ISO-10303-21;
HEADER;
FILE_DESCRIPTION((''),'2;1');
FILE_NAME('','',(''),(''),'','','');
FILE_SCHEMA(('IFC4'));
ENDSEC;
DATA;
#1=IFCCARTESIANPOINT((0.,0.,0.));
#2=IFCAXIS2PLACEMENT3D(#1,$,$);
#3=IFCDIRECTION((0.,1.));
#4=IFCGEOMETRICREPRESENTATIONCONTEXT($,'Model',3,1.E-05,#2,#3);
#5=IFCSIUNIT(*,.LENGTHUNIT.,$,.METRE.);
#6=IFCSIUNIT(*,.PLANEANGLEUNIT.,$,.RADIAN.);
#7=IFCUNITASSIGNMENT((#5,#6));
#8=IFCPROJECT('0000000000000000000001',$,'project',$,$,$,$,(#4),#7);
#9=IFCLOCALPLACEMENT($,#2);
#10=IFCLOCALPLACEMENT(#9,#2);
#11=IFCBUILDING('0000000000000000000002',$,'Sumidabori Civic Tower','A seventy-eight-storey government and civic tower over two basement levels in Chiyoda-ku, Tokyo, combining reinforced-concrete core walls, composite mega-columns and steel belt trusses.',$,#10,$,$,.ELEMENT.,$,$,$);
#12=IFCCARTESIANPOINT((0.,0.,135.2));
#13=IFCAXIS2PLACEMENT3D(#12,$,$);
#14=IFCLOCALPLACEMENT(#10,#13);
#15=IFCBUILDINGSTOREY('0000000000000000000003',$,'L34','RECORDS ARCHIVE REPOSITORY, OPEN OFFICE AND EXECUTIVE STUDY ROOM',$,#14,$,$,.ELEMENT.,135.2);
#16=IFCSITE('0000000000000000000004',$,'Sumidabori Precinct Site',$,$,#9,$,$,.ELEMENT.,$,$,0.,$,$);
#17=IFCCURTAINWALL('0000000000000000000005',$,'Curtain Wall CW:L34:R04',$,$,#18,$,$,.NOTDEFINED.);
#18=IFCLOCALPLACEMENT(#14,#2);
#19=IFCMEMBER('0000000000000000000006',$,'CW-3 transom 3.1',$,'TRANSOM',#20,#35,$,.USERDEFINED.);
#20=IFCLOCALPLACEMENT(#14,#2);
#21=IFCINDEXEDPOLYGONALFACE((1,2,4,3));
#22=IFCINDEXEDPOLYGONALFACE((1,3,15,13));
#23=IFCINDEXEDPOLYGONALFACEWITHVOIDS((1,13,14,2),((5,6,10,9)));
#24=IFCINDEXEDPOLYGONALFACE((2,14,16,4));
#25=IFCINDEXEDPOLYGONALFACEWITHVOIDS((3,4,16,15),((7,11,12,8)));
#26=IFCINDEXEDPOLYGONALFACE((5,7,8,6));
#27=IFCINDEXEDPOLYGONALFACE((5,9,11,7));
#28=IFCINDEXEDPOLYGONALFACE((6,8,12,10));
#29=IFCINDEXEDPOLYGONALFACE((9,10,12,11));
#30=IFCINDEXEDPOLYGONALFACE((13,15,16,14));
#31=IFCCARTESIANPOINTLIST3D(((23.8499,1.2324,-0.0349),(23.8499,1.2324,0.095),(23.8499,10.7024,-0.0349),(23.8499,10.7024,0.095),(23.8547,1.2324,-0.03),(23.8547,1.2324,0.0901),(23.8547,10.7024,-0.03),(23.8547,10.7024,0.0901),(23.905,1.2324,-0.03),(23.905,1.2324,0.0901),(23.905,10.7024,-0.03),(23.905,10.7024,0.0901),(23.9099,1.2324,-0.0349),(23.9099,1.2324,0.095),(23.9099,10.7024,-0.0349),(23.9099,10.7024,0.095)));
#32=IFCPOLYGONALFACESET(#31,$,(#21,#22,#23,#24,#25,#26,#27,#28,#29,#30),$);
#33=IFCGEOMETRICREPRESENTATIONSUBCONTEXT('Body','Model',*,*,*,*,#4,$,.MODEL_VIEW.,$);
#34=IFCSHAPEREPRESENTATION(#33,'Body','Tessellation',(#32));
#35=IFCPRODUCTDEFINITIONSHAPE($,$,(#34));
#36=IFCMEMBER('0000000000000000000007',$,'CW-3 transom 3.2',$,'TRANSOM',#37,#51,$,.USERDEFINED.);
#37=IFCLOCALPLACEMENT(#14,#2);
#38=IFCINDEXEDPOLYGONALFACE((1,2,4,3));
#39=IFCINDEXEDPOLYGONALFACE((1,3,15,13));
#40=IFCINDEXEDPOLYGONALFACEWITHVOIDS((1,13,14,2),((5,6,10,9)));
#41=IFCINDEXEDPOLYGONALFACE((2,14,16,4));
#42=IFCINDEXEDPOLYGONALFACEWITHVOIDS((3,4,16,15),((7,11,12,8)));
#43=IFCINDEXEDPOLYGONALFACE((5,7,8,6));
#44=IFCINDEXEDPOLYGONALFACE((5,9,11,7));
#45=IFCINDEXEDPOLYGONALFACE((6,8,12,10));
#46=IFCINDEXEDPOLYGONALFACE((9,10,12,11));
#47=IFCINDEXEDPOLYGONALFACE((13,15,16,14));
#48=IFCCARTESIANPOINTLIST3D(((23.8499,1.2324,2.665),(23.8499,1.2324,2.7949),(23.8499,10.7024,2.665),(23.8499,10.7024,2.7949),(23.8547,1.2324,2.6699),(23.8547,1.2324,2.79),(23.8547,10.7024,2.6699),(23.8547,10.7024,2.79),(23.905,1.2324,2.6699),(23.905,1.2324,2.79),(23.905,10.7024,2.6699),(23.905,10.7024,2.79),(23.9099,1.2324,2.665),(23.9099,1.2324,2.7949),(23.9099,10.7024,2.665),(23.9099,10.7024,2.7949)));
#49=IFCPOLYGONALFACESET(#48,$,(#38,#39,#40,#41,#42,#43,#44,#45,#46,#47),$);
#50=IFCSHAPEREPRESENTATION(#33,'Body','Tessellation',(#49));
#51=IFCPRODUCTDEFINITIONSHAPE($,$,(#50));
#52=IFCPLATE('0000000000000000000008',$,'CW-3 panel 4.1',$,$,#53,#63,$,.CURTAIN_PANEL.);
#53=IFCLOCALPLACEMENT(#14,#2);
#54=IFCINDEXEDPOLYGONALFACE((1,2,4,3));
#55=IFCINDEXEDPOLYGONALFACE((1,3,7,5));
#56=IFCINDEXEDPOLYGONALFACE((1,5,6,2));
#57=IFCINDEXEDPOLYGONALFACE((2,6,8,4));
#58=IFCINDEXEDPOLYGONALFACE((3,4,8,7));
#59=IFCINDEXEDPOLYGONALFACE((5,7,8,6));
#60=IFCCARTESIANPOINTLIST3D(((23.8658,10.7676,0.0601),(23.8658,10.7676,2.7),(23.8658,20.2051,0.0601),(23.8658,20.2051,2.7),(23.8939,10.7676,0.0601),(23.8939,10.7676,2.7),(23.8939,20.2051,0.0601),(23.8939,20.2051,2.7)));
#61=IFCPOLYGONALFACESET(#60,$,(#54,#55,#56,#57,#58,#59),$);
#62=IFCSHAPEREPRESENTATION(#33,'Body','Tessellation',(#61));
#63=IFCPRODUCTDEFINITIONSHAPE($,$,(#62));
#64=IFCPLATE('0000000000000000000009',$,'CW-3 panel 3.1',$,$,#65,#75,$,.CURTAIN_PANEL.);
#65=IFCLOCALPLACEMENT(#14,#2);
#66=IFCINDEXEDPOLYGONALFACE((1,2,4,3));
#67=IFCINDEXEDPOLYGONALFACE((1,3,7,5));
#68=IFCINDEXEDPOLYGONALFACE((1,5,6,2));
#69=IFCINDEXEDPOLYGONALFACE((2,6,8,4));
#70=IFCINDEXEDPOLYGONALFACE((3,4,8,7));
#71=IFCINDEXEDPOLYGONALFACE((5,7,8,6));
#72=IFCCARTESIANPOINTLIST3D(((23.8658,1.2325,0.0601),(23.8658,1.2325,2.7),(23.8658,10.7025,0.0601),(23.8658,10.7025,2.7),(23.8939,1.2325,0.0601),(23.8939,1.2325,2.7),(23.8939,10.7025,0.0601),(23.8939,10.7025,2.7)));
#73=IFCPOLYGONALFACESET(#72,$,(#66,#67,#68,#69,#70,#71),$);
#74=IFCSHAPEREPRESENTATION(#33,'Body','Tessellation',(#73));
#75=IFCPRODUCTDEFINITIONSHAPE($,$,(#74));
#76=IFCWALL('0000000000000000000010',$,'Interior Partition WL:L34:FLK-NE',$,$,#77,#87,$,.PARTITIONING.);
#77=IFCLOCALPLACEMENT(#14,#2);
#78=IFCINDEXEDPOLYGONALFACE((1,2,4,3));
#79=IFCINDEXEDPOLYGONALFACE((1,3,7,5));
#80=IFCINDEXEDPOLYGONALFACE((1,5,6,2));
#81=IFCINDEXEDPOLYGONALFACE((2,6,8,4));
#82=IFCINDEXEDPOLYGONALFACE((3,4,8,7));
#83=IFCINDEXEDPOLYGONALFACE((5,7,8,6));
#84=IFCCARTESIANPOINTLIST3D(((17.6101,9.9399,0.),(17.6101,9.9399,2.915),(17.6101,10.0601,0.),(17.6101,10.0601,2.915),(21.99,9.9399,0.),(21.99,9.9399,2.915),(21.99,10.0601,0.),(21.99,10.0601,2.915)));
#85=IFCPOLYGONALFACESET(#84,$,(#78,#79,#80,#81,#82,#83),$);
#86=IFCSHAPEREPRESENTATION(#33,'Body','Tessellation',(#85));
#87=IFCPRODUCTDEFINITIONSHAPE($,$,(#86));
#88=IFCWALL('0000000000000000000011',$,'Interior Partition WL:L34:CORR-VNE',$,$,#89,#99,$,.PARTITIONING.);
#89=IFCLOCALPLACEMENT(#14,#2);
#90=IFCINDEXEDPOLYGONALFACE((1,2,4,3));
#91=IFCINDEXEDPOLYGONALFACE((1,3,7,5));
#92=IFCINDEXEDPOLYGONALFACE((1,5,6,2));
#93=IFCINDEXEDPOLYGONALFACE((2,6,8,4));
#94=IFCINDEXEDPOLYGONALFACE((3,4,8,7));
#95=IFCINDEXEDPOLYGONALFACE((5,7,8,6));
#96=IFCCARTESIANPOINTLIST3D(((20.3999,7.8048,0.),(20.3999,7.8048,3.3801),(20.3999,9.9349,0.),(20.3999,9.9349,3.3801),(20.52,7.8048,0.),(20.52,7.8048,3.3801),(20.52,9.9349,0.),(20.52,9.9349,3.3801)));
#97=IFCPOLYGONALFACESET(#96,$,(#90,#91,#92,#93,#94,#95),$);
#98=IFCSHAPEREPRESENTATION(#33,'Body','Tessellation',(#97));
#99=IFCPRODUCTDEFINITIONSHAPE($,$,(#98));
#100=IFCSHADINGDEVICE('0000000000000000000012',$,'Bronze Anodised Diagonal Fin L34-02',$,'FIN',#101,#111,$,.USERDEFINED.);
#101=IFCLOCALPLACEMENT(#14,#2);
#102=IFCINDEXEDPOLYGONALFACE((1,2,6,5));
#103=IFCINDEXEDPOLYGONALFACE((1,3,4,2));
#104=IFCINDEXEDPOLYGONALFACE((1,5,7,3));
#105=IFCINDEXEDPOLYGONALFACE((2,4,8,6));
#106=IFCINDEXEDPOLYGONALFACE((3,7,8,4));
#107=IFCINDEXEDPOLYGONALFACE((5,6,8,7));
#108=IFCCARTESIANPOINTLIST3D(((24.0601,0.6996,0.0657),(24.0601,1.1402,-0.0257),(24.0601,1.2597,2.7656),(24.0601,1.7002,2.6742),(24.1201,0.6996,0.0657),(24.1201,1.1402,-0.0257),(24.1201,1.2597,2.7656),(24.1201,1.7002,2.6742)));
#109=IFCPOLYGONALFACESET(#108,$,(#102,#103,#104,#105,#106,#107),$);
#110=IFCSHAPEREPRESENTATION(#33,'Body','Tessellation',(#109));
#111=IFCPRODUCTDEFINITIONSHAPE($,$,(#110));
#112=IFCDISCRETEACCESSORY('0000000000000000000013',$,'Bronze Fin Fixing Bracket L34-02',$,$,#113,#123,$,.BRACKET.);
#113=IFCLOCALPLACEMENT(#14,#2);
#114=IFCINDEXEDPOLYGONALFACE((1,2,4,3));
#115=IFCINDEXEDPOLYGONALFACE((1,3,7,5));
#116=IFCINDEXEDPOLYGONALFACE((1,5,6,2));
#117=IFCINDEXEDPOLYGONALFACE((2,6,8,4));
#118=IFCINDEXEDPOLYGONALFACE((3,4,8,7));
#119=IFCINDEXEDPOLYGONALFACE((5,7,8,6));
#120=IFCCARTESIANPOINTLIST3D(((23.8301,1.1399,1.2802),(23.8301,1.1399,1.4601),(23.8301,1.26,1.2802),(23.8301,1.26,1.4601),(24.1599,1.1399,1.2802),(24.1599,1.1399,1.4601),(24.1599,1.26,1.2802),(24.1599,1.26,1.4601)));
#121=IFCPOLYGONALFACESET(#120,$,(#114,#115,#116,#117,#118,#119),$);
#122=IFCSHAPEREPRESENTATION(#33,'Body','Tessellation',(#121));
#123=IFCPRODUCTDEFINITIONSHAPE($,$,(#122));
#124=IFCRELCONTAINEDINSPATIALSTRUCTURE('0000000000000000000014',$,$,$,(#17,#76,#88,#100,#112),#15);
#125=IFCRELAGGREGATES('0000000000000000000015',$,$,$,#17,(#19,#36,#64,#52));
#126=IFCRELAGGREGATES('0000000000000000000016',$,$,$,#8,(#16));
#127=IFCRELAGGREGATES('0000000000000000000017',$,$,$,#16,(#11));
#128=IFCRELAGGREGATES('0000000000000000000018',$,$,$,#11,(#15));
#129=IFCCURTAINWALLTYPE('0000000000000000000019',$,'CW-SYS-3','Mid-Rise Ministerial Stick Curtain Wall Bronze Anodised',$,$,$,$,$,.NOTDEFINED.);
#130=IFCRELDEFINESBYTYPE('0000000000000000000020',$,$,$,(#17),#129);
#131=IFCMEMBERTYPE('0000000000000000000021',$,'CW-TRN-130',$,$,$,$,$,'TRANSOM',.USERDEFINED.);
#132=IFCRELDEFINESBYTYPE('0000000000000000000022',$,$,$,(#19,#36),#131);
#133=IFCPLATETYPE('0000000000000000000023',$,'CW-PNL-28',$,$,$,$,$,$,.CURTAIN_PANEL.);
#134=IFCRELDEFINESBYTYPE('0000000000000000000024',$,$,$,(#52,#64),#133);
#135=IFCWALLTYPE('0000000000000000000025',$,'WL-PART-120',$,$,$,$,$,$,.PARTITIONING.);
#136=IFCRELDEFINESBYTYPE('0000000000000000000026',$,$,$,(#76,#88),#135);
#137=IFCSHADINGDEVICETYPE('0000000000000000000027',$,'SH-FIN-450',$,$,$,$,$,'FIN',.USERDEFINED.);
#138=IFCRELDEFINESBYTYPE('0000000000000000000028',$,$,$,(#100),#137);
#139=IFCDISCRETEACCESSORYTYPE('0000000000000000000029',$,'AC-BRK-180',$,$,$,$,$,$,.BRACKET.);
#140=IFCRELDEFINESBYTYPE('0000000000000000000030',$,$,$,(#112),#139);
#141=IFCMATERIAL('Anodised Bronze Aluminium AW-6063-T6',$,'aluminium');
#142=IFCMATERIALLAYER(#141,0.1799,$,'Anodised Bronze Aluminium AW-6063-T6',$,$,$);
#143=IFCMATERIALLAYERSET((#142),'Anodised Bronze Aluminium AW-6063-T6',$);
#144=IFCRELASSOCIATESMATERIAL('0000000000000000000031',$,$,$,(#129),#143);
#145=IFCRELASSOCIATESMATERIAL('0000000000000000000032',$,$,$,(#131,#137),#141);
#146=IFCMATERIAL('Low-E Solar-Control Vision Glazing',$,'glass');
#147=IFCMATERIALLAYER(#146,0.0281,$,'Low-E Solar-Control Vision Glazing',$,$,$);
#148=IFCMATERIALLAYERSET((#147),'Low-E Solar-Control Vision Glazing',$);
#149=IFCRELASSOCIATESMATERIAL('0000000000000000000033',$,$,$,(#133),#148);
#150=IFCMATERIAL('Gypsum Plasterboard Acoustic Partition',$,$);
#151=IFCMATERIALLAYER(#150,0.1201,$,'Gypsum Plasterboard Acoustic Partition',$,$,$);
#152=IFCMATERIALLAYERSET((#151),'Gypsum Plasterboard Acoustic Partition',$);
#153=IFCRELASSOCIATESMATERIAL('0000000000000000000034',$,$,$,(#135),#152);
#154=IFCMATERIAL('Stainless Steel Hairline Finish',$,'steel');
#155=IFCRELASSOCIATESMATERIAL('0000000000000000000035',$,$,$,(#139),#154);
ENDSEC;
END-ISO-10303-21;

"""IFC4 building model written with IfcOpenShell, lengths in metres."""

from ifc_helpers import new_model, si_unit, direction, frame, frame_2d, origin, origin_2d, place, context, subcontext, project, spatial, rectangle, hollow_rectangle, extrude, source, transform, mapped, material, layer, layer_set, material_profile, profile_set, type_object, element, aggregate, save


model = new_model("IFC4")

# Units and contexts
model_context = context("Model", 3, precision=1e-05, world=origin(), true_north=direction((0.0, 1.0)))
body_context = subcontext(model_context, "Body", "Model", "MODEL_VIEW")
ifc_project = project(units=[si_unit("LENGTHUNIT", "METRE"), si_unit("PLANEANGLEUNIT", "RADIAN")], contexts=[model_context])

# Site, building, storey
site_placement = place(None, origin())
site = spatial("IfcSite", under=ifc_project, at=site_placement, Name="Sumidabori Precinct Site", CompositionType="ELEMENT", RefElevation=0.0)
building_placement = place(site_placement, origin())
building = spatial("IfcBuilding", under=site, at=building_placement, Name="Sumidabori Civic Tower", Description="A seventy-eight-storey government and civic tower over two basement levels in Chiyoda-ku, Tokyo, combining reinforced-concrete core walls, composite mega-columns and steel belt trusses.", CompositionType="ELEMENT")
storey_placement = place(building_placement, frame((0.0, 0.0, 135.2)))
storey = spatial("IfcBuildingStorey", under=building, at=storey_placement, Name="L34", Description="RECORDS ARCHIVE REPOSITORY, OPEN OFFICE AND EXECUTIVE STUDY ROOM", CompositionType="ELEMENT", Elevation=135.2)

# Curtain wall, members, plates
ifc_material_1 = material(Name="Anodised Bronze Aluminium AW-6063-T6", Category="aluminium")
ifc_layer_1 = layer(ifc_material_1, 0.1799, Name="Anodised Bronze Aluminium AW-6063-T6")
ifc_layer_set_1 = layer_set([ifc_layer_1], Name="Anodised Bronze Aluminium AW-6063-T6")
curtain_wall_type = type_object("IfcCurtainWallType", Name="CW-SYS-3", Description="Mid-Rise Ministerial Stick Curtain Wall Bronze Anodised", PredefinedType="NOTDEFINED", material=ifc_layer_set_1)
curtain_wall_placement = place(storey_placement, origin())
curtain_wall = element("IfcCurtainWall", 1, at=curtain_wall_placement, inside=storey, type_object=curtain_wall_type, Name="Curtain Wall CW:L34:R04", PredefinedType="NOTDEFINED")
ifc_material_profile_1 = material_profile(ifc_material_1, hollow_rectangle(XDim=0.0601, YDim=0.1299, WallThickness=0.0049, at=origin_2d()), Name="ALU TRANSOM 130x60")
ifc_profile_set_1 = profile_set([ifc_material_profile_1], Name="Anodised Bronze Aluminium AW-6063-T6")
member_type_1 = type_object("IfcMemberType", Name="CW-TRN-130", ElementType="TRANSOM", PredefinedType="USERDEFINED", material=ifc_profile_set_1)
shared_shape_1 = source(origin(), body_context, "Body", "SweptSolid", [
    extrude(hollow_rectangle(XDim=0.0601, YDim=0.1299, WallThickness=0.0049, at=origin_2d()), origin(), (0.0, 0.0, 1.0), 9.47),
])
member_1_placement = place(storey_placement, frame((23.8799, 1.2324, 0.03), z_axis=(0.0, 1.0, 0.0), x_axis=(-1.0, 0.0, 0.0)))
member_1 = element("IfcMember", 2, at=member_1_placement, type_object=member_type_1, Name="CW-3 transom 3.1", ObjectType="TRANSOM", PredefinedType="USERDEFINED", context=body_context, shape_type="MappedRepresentation", body=[
    mapped(shared_shape_1, transform((0.0, 0.0, 0.0), x_axis=(1.0, 0.0, 0.0), y_axis=(0.0, 1.0, 0.0), z_axis=(0.0, 0.0, 1.0), scale=1.0)),
])
member_2_placement = place(storey_placement, frame((23.8799, 1.2324, 2.73), z_axis=(0.0, 1.0, 0.0), x_axis=(-1.0, 0.0, 0.0)))
member_2 = element("IfcMember", 3, at=member_2_placement, type_object=member_type_1, Name="CW-3 transom 3.2", ObjectType="TRANSOM", PredefinedType="USERDEFINED", context=body_context, shape_type="MappedRepresentation", body=[
    mapped(shared_shape_1, transform((0.0, 0.0, 0.0), x_axis=(1.0, 0.0, 0.0), y_axis=(0.0, 1.0, 0.0), z_axis=(0.0, 0.0, 1.0), scale=1.0)),
])
ifc_material_2 = material(Name="Low-E Solar-Control Vision Glazing", Category="glass")
ifc_layer_2 = layer(ifc_material_2, 0.0281, Name="Low-E Solar-Control Vision Glazing")
ifc_layer_set_2 = layer_set([ifc_layer_2], Name="Low-E Solar-Control Vision Glazing")
plate_type = type_object("IfcPlateType", Name="CW-PNL-28", PredefinedType="CURTAIN_PANEL", material=ifc_layer_set_2)
shared_shape_2 = source(origin(), body_context, "Body", "SweptSolid", [
    extrude(rectangle(XDim=9.4375, YDim=0.0281, at=origin_2d()), origin(), (0.0, 0.0, 1.0), 2.6399),
])
plate_1_placement = place(storey_placement, frame((23.8799, 15.4863, 0.0601), z_axis=(0.0, 0.0, 1.0), x_axis=(0.0, 1.0, 0.0)))
plate_1 = element("IfcPlate", 4, at=plate_1_placement, type_object=plate_type, Name="CW-3 panel 4.1", PredefinedType="CURTAIN_PANEL", context=body_context, shape_type="MappedRepresentation", body=[
    mapped(shared_shape_2, transform((0.0, 0.0, 0.0), x_axis=(1.0, 0.0, 0.0), y_axis=(0.0, 1.0, 0.0), z_axis=(0.0, 0.0, 1.0), scale=1.0)),
])
shared_shape_3 = source(origin(), body_context, "Body", "SweptSolid", [
    extrude(rectangle(XDim=9.47, YDim=0.0281, at=origin_2d()), origin(), (0.0, 0.0, 1.0), 2.6399),
])
plate_2_placement = place(storey_placement, frame((23.8799, 5.9675, 0.0601), z_axis=(0.0, 0.0, 1.0), x_axis=(0.0, 1.0, 0.0)))
plate_2 = element("IfcPlate", 5, at=plate_2_placement, type_object=plate_type, Name="CW-3 panel 3.1", PredefinedType="CURTAIN_PANEL", context=body_context, shape_type="MappedRepresentation", body=[
    mapped(shared_shape_3, transform((0.0, 0.0, 0.0), x_axis=(1.0, 0.0, 0.0), y_axis=(0.0, 1.0, 0.0), z_axis=(0.0, 0.0, 1.0), scale=1.0)),
])
aggregate(curtain_wall, [member_1, member_2, plate_2, plate_1])

# Walls
ifc_material_3 = material(Name="Gypsum Plasterboard Acoustic Partition")
ifc_layer_3 = layer(ifc_material_3, 0.1201, Name="Gypsum Plasterboard Acoustic Partition")
ifc_layer_set_3 = layer_set([ifc_layer_3], Name="Gypsum Plasterboard Acoustic Partition")
wall_type = type_object("IfcWallType", Name="WL-PART-120", PredefinedType="PARTITIONING", material=ifc_layer_set_3)
shared_shape_4 = source(origin(), body_context, "Body", "SweptSolid", [
    extrude(rectangle(XDim=4.3799, YDim=0.1201, at=frame_2d((2.1899, 0.0))), origin(), (0.0, 0.0, 1.0), 2.915),
])
wall_1_placement = place(storey_placement, frame((17.6101, 10.0, 0.0), z_axis=(0.0, 0.0, 1.0), x_axis=(1.0, 0.0, 0.0)))
element("IfcWall", 6, at=wall_1_placement, inside=storey, type_object=wall_type, Name="Interior Partition WL:L34:FLK-NE", PredefinedType="PARTITIONING", context=body_context, shape_type="MappedRepresentation", body=[
    mapped(shared_shape_4, transform((0.0, 0.0, 0.0), x_axis=(1.0, 0.0, 0.0), y_axis=(0.0, 1.0, 0.0), z_axis=(0.0, 0.0, 1.0), scale=1.0)),
])
shared_shape_5 = source(origin(), body_context, "Body", "SweptSolid", [
    extrude(rectangle(XDim=2.1301, YDim=0.1201, at=frame_2d((1.0649, 0.0))), origin(), (0.0, 0.0, 1.0), 3.3801),
])
wall_2_placement = place(storey_placement, frame((20.46, 7.8049, 0.0), z_axis=(0.0, 0.0, 1.0), x_axis=(0.0, 1.0, 0.0)))
element("IfcWall", 7, at=wall_2_placement, inside=storey, type_object=wall_type, Name="Interior Partition WL:L34:CORR-VNE", PredefinedType="PARTITIONING", context=body_context, shape_type="MappedRepresentation", body=[
    mapped(shared_shape_5, transform((0.0, 0.0, 0.0), x_axis=(1.0, 0.0, 0.0), y_axis=(0.0, 1.0, 0.0), z_axis=(0.0, 0.0, 1.0), scale=1.0)),
])

# Shading device
ifc_material_profile_2 = material_profile(ifc_material_1, rectangle(XDim=0.0601, YDim=0.45, at=origin_2d()), Name="BRONZE FIN 450x60")
ifc_profile_set_2 = profile_set([ifc_material_profile_2], Name="Anodised Bronze Aluminium AW-6063-T6")
shading_device_type = type_object("IfcShadingDeviceType", Name="SH-FIN-450", ElementType="FIN", PredefinedType="USERDEFINED", material=ifc_profile_set_2)
shared_shape_6 = source(origin(), body_context, "Body", "SweptSolid", [
    extrude(rectangle(XDim=0.0601, YDim=0.45, at=origin_2d()), origin(), (0.0, 0.0, 1.0), 2.7573),
])
shading_device_placement = place(storey_placement, frame((24.0901, 0.9199, 0.02), z_axis=(0.0, 0.203109, 0.979156), x_axis=(-1.0, 0.0, 0.0)))
element("IfcShadingDevice", 8, at=shading_device_placement, inside=storey, type_object=shading_device_type, Name="Bronze Anodised Diagonal Fin L34-02", ObjectType="FIN", PredefinedType="USERDEFINED", context=body_context, shape_type="MappedRepresentation", body=[
    mapped(shared_shape_6, transform((0.0, 0.0, 0.0), x_axis=(1.0, 0.0, 0.0), y_axis=(0.0, 1.0, 0.0), z_axis=(0.0, 0.0, 1.0), scale=1.0)),
])

# Discrete accessory
ifc_material_4 = material(Name="Stainless Steel Hairline Finish", Category="steel")
ifc_material_profile_3 = material_profile(ifc_material_4, rectangle(XDim=0.1201, YDim=0.1799, at=origin_2d()), Name="STEEL BRACKET 180x120")
ifc_profile_set_3 = profile_set([ifc_material_profile_3], Name="Stainless Steel Hairline Finish")
discrete_accessory_type = type_object("IfcDiscreteAccessoryType", Name="AC-BRK-180", PredefinedType="BRACKET", material=ifc_profile_set_3)
shared_shape_7 = source(origin(), body_context, "Body", "SweptSolid", [
    extrude(rectangle(XDim=0.1201, YDim=0.1799, at=origin_2d()), origin(), (0.0, 0.0, 1.0), 0.3298),
])
discrete_accessory_placement = place(storey_placement, frame((23.8301, 1.2, 1.3701), z_axis=(1.0, 0.0, 0.0), x_axis=(0.0, 1.0, 0.0)))
element("IfcDiscreteAccessory", 9, at=discrete_accessory_placement, inside=storey, type_object=discrete_accessory_type, Name="Bronze Fin Fixing Bracket L34-02", PredefinedType="BRACKET", context=body_context, shape_type="MappedRepresentation", body=[
    mapped(shared_shape_7, transform((0.0, 0.0, 0.0), x_axis=(1.0, 0.0, 0.0), y_axis=(0.0, 1.0, 0.0), z_axis=(0.0, 0.0, 1.0), scale=1.0)),
])

save(model, "model.ifc")
